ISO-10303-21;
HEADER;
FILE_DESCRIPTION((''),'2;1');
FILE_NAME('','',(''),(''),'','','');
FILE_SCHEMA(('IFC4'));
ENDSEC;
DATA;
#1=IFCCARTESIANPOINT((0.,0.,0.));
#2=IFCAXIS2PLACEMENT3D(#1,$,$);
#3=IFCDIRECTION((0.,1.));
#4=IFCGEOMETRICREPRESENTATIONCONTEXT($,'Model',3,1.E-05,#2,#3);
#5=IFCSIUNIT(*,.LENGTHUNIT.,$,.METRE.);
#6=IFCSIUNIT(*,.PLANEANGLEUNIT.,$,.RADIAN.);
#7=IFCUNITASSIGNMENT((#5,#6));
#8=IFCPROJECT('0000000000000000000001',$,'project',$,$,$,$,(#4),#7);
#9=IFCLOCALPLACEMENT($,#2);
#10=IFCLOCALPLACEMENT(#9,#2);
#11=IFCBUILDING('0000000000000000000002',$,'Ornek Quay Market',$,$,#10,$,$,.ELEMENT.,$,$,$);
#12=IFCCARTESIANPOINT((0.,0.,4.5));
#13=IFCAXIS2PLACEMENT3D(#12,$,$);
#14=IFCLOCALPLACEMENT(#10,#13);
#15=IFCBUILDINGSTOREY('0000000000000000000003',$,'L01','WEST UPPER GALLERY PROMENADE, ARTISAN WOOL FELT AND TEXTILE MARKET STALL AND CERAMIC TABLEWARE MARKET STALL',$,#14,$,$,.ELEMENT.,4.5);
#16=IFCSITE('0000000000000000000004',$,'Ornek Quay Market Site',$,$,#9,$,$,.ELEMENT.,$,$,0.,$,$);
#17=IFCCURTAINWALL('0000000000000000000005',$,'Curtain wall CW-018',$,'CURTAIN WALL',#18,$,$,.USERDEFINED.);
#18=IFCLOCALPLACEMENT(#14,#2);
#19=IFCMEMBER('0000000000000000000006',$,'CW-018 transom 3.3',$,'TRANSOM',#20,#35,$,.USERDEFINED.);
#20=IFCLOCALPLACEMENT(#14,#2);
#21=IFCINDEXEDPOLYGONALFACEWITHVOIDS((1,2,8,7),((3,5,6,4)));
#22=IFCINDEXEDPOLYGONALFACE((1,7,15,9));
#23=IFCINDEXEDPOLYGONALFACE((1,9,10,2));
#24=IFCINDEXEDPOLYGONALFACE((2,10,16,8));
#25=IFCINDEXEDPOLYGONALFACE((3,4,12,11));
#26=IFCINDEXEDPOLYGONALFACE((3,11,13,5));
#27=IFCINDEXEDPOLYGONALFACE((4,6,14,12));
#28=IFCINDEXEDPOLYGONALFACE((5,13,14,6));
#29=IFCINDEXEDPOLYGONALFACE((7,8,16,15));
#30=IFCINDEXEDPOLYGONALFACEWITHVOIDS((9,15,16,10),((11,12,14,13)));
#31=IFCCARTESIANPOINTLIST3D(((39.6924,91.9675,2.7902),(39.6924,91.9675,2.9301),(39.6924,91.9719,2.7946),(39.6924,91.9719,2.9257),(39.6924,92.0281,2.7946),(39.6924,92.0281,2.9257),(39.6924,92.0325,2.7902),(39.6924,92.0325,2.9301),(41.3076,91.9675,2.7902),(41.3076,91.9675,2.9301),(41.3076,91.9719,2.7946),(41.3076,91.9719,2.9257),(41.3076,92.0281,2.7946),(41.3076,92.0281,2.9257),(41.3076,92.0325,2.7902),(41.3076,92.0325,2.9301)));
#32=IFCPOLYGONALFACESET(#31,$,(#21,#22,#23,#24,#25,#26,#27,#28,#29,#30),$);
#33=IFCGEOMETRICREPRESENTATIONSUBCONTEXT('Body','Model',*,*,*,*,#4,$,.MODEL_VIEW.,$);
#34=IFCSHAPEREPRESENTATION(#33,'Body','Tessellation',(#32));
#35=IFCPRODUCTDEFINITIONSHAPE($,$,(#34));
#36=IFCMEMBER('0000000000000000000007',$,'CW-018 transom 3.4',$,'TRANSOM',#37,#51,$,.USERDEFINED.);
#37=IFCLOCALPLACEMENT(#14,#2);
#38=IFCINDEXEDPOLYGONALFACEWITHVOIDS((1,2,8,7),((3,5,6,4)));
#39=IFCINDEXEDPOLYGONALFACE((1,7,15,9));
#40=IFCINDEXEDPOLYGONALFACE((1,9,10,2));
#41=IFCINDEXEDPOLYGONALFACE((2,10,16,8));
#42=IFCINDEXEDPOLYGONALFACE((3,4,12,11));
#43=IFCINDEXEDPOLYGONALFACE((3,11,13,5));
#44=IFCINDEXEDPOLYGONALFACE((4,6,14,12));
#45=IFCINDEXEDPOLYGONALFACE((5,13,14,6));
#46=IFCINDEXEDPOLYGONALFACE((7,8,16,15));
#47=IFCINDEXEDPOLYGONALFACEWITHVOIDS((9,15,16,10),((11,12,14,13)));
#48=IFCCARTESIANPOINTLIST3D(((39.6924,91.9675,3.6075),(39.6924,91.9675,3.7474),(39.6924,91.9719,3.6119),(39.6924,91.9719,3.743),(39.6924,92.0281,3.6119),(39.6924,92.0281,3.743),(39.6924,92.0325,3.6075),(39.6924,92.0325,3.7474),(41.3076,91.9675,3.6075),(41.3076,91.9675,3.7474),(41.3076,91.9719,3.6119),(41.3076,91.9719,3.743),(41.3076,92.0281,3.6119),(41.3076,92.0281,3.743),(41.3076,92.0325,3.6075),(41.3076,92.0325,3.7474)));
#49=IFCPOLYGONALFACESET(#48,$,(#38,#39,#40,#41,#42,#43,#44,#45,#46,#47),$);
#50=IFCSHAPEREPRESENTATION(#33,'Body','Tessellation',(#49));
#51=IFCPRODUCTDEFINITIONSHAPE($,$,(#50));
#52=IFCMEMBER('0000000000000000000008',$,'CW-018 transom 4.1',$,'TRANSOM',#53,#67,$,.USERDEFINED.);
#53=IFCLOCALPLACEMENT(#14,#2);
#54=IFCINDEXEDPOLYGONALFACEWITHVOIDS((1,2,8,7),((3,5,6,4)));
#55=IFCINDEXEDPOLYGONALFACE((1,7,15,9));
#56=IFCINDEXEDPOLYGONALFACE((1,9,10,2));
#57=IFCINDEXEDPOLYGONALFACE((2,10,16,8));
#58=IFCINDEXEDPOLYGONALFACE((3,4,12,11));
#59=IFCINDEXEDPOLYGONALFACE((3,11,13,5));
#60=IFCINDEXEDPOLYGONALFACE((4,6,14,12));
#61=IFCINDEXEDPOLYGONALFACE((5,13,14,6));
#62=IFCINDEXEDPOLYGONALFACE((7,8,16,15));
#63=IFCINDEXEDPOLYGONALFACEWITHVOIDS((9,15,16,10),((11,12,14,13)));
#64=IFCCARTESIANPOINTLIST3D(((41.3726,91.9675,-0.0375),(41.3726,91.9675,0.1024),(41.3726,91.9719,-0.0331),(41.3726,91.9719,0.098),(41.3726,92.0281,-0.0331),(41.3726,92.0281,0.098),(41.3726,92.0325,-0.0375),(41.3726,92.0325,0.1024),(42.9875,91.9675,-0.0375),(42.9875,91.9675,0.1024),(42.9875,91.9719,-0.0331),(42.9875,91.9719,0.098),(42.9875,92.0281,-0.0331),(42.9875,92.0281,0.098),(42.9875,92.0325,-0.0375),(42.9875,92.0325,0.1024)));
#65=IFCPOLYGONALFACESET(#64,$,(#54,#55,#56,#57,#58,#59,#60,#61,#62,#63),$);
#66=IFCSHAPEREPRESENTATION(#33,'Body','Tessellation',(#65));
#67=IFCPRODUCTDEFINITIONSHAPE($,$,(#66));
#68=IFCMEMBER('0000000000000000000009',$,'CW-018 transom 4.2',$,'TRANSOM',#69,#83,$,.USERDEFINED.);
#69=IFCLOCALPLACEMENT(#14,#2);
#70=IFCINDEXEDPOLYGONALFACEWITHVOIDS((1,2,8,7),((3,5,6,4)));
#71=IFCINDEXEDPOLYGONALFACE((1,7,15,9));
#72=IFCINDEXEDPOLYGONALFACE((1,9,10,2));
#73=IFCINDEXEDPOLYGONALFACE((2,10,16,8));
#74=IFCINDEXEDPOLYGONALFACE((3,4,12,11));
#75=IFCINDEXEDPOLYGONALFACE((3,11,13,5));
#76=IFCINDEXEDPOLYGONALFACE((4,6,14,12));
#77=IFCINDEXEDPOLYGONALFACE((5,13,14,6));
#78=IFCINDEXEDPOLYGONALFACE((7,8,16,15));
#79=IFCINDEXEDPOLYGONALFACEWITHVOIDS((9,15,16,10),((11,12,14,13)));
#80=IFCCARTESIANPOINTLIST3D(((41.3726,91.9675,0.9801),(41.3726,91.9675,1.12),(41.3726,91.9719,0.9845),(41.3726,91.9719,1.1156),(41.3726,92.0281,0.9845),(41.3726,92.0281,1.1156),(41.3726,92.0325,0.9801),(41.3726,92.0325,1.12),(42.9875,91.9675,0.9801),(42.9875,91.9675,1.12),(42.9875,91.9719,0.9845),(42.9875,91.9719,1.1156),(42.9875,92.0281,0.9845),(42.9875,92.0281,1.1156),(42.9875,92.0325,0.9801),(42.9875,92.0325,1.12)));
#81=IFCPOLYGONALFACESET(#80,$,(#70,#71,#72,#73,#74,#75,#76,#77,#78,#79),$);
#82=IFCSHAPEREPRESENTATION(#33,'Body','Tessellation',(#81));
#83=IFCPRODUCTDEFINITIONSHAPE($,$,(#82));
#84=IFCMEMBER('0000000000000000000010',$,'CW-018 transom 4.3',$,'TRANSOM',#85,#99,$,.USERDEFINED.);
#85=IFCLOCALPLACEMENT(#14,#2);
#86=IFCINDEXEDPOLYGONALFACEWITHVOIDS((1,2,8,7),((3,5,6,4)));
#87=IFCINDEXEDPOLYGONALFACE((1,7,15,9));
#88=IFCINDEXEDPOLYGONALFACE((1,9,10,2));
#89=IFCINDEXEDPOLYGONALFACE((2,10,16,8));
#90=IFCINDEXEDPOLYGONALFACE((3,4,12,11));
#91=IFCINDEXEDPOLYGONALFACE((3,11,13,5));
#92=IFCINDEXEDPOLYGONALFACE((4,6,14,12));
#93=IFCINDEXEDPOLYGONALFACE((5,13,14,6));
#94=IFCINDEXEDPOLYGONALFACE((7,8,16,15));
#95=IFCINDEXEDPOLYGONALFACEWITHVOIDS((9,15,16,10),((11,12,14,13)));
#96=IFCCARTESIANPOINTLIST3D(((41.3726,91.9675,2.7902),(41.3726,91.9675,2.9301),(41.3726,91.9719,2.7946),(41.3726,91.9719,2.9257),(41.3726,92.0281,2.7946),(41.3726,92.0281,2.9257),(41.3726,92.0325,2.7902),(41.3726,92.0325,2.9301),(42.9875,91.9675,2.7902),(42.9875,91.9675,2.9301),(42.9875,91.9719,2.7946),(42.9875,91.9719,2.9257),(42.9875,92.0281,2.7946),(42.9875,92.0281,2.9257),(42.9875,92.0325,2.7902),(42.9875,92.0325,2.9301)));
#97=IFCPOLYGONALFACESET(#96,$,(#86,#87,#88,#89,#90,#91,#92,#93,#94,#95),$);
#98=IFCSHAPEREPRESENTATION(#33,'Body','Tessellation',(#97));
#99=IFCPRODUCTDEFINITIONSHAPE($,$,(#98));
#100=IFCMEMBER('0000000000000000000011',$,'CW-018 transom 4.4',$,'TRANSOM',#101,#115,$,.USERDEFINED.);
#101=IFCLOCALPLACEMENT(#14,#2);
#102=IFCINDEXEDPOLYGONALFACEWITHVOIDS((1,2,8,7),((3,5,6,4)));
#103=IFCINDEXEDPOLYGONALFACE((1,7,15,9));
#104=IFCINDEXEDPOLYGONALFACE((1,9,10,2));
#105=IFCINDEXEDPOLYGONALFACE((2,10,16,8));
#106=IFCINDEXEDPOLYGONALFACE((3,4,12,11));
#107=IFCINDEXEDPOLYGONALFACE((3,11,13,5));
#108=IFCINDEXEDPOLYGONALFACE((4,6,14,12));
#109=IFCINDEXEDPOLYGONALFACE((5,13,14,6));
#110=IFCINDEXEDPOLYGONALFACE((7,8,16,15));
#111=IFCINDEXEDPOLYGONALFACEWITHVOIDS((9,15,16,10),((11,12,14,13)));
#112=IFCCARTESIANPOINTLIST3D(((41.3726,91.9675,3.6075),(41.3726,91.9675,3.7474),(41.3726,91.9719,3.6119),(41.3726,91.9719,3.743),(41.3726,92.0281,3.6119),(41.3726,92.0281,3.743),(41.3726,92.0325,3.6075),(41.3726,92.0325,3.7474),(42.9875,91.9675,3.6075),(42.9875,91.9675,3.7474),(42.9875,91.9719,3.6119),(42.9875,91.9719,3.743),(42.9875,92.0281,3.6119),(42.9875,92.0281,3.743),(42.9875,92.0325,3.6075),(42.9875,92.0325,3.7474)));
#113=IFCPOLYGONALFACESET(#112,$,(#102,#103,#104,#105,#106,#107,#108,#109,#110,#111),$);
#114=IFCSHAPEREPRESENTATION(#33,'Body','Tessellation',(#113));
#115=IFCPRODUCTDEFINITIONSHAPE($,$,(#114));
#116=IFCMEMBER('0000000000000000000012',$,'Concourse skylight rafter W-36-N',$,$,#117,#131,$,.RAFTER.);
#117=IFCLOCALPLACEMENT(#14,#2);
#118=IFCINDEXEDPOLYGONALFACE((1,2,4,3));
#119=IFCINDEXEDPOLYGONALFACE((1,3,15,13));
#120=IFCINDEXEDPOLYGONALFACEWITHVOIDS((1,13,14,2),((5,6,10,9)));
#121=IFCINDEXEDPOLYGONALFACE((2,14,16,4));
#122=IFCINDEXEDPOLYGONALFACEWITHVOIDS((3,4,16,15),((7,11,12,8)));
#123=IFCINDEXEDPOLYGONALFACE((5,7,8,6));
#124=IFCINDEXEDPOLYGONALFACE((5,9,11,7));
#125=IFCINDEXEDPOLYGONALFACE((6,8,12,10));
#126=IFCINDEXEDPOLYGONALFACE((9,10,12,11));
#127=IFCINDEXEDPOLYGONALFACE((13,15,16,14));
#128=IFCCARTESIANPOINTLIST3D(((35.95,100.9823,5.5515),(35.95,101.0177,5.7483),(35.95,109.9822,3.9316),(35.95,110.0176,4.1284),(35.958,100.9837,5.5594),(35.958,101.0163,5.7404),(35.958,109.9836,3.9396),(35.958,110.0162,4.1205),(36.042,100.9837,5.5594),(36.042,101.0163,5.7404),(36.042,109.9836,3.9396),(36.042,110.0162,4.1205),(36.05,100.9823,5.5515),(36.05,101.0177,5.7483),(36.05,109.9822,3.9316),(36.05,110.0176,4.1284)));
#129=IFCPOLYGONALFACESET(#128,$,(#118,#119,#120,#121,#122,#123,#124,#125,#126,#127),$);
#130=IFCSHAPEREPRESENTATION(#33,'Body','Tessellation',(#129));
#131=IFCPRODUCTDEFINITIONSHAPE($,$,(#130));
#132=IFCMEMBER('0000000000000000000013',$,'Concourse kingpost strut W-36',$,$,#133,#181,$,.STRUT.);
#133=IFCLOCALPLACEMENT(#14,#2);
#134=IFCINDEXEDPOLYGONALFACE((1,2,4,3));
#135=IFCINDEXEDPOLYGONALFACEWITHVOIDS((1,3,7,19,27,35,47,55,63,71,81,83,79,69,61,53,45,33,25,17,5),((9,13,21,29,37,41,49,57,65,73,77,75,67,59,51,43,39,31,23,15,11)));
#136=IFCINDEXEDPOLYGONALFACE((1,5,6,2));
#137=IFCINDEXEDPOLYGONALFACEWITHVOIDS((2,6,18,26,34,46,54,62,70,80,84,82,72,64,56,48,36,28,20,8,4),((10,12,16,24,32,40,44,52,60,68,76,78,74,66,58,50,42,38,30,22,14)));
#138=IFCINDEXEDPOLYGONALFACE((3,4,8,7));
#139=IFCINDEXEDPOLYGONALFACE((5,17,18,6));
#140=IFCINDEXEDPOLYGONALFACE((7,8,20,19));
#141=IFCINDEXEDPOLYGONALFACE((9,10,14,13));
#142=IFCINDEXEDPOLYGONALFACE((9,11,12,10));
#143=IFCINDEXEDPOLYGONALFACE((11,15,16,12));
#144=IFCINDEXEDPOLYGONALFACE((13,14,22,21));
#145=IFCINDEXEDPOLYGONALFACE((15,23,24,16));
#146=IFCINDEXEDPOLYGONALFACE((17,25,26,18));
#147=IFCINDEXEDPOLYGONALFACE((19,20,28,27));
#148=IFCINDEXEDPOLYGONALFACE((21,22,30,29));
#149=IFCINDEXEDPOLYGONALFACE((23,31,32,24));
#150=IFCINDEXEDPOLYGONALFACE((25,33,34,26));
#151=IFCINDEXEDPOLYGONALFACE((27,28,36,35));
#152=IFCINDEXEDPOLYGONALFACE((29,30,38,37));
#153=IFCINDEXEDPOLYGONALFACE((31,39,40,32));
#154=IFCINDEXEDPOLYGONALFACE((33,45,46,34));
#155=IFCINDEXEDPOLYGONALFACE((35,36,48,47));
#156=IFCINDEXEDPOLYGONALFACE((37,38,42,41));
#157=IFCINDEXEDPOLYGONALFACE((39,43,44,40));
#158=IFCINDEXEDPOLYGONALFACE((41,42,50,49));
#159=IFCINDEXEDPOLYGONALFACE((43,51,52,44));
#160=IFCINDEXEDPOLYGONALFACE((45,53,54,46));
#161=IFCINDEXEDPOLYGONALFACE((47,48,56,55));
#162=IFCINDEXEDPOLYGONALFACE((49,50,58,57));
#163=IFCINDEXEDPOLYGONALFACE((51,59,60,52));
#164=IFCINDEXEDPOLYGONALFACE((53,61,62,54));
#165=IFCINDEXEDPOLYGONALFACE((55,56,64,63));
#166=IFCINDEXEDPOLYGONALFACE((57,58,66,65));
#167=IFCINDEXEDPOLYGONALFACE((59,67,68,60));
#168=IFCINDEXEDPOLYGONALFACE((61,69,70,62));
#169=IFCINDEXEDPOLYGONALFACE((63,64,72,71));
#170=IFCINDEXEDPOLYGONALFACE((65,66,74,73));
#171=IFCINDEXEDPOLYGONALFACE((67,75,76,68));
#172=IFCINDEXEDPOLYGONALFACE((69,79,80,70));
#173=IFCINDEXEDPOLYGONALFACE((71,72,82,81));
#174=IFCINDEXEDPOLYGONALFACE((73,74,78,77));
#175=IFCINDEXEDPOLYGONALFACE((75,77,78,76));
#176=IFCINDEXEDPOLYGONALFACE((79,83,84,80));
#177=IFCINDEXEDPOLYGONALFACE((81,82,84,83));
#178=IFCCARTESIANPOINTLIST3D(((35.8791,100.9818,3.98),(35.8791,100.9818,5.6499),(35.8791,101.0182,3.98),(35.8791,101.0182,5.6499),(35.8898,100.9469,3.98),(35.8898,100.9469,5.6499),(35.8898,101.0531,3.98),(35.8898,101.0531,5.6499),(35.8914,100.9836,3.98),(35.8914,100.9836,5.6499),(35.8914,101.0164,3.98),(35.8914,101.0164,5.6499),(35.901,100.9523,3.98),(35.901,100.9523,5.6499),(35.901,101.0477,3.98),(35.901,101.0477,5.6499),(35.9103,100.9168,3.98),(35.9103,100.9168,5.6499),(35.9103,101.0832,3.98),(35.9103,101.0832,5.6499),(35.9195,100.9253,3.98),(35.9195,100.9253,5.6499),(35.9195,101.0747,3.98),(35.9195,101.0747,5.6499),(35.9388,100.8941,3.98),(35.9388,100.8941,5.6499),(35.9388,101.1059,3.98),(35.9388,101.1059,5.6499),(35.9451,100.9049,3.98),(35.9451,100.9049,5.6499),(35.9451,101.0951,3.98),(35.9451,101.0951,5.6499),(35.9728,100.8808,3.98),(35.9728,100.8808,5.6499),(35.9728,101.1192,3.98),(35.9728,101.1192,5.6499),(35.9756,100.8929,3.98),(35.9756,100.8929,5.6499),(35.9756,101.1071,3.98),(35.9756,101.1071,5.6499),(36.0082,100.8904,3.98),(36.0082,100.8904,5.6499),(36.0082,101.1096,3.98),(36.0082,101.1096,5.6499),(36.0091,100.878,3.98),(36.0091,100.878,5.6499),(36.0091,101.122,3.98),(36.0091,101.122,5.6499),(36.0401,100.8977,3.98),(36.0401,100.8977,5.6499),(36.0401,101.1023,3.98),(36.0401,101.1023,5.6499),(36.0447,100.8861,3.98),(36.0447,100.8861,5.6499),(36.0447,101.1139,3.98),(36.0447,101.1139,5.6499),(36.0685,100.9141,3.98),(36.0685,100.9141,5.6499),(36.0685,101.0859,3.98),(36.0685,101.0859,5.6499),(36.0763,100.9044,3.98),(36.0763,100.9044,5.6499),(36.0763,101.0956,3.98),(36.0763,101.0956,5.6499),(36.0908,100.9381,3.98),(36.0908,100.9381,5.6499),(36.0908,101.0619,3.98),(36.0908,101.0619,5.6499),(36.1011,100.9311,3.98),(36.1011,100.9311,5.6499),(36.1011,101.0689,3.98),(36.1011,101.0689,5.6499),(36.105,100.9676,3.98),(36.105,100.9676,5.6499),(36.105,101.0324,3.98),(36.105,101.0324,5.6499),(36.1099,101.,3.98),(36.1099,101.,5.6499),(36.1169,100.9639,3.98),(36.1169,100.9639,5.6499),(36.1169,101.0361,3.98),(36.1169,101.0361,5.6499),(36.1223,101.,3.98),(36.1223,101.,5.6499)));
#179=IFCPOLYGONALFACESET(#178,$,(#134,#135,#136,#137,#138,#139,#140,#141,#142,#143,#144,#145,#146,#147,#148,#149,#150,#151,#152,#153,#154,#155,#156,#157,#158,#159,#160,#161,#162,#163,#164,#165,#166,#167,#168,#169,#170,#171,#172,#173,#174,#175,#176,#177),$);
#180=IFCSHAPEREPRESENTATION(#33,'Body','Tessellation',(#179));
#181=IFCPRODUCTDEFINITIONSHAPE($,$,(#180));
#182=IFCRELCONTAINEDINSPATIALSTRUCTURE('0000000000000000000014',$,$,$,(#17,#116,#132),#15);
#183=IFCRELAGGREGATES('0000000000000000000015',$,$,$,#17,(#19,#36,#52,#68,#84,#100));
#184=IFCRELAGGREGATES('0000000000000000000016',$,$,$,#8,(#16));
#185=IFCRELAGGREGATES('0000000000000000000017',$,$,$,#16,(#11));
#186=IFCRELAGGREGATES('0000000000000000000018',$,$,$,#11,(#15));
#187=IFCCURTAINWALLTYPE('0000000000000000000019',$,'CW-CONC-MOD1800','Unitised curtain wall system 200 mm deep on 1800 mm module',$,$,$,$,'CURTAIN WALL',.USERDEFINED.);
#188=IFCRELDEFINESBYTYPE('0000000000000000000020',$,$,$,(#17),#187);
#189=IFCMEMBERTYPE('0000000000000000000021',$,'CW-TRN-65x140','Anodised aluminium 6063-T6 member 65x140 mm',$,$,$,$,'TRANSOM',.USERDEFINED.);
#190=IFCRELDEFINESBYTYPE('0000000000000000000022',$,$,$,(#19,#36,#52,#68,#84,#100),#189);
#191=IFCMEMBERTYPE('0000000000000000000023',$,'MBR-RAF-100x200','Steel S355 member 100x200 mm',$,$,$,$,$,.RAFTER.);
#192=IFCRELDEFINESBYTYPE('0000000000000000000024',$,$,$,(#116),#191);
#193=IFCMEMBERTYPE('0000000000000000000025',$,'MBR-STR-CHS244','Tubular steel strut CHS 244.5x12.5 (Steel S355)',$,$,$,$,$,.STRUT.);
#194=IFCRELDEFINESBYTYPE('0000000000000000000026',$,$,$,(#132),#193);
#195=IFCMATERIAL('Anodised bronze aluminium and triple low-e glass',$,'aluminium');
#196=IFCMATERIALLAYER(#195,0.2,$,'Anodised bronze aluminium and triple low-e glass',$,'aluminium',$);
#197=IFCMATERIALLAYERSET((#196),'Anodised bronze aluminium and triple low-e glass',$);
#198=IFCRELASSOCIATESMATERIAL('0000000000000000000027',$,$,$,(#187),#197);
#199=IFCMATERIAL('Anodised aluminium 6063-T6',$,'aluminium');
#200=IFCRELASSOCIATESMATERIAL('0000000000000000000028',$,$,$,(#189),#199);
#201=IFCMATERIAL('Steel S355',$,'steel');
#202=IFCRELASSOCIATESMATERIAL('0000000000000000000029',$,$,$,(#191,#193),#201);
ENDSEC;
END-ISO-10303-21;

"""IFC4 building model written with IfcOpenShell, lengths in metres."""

from ifc_helpers import new_model, si_unit, direction, frame, origin, origin_2d, place, context, subcontext, project, spatial, hollow_rectangle, hollow_circle, extrude, material, layer, layer_set, material_profile, profile_set, type_object, element, aggregate, save


model = new_model("IFC4")

# Units and contexts
model_context = context("Model", 3, precision=1e-05, world=origin(), true_north=direction((0.0, 1.0)))
body_context = subcontext(model_context, "Body", "Model", "MODEL_VIEW")
ifc_project = project(units=[si_unit("LENGTHUNIT", "METRE"), si_unit("PLANEANGLEUNIT", "RADIAN")], contexts=[model_context])

# Site, building, storey
site_placement = place(None, origin())
site = spatial("IfcSite", under=ifc_project, at=site_placement, Name="Ornek Quay Market Site", CompositionType="ELEMENT", RefElevation=0.0)
building_placement = place(site_placement, origin())
building = spatial("IfcBuilding", under=site, at=building_placement, Name="Ornek Quay Market", CompositionType="ELEMENT")
storey_placement = place(building_placement, frame((0.0, 0.0, 4.5)))
storey = spatial("IfcBuildingStorey", under=building, at=storey_placement, Name="L01", Description="WEST UPPER GALLERY PROMENADE, ARTISAN WOOL FELT AND TEXTILE MARKET STALL AND CERAMIC TABLEWARE MARKET STALL", CompositionType="ELEMENT", Elevation=4.5)

# Curtain wall, members
ifc_material_1 = material(Name="Anodised bronze aluminium and triple low-e glass", Category="aluminium")
ifc_layer_1 = layer(ifc_material_1, 0.2, Name="Anodised bronze aluminium and triple low-e glass", Category="aluminium")
ifc_layer_set_1 = layer_set([ifc_layer_1], Name="Anodised bronze aluminium and triple low-e glass")
curtain_wall_type = type_object("IfcCurtainWallType", Name="CW-CONC-MOD1800", Description="Unitised curtain wall system 200 mm deep on 1800 mm module", ElementType="CURTAIN WALL", PredefinedType="USERDEFINED", material=ifc_layer_set_1)
curtain_wall_placement = place(storey_placement, origin())
curtain_wall = element("IfcCurtainWall", 1, at=curtain_wall_placement, inside=storey, type_object=curtain_wall_type, Name="Curtain wall CW-018", ObjectType="CURTAIN WALL", PredefinedType="USERDEFINED")
ifc_material_2 = material(Name="Anodised aluminium 6063-T6", Category="aluminium")
ifc_material_profile_1 = material_profile(ifc_material_2, hollow_rectangle(XDim=0.0649, YDim=0.1399, WallThickness=0.0044, at=origin_2d()), Name="CW-TRN-65x140", Category="aluminium")
ifc_profile_set_1 = profile_set([ifc_material_profile_1], Name="Anodised aluminium 6063-T6")
member_type_1 = type_object("IfcMemberType", Name="CW-TRN-65x140", Description="Anodised aluminium 6063-T6 member 65x140 mm", ElementType="TRANSOM", PredefinedType="USERDEFINED", material=ifc_profile_set_1)
member_1_placement = place(storey_placement, frame((39.6924, 92.0, 2.8601), z_axis=(1.0, 0.0, 0.0), x_axis=(0.0, 1.0, 0.0)))
member_1 = element("IfcMember", 2, at=member_1_placement, type_object=member_type_1, Name="CW-018 transom 3.3", ObjectType="TRANSOM", PredefinedType="USERDEFINED", context=body_context, shape_type="SweptSolid", body=[
    extrude(hollow_rectangle(XDim=0.0649, YDim=0.1399, WallThickness=0.0044, at=origin_2d()), origin(), (0.0, 0.0, 1.0), 1.6152),
])
member_2_placement = place(storey_placement, frame((39.6924, 92.0, 3.6775), z_axis=(1.0, 0.0, 0.0), x_axis=(0.0, 1.0, 0.0)))
member_2 = element("IfcMember", 3, at=member_2_placement, type_object=member_type_1, Name="CW-018 transom 3.4", ObjectType="TRANSOM", PredefinedType="USERDEFINED", context=body_context, shape_type="SweptSolid", body=[
    extrude(hollow_rectangle(XDim=0.0649, YDim=0.1399, WallThickness=0.0044, at=origin_2d()), origin(), (0.0, 0.0, 1.0), 1.6152),
])
member_3_placement = place(storey_placement, frame((41.3726, 92.0, 0.0325), z_axis=(1.0, 0.0, 0.0), x_axis=(0.0, 1.0, 0.0)))
member_3 = element("IfcMember", 4, at=member_3_placement, type_object=member_type_1, Name="CW-018 transom 4.1", ObjectType="TRANSOM", PredefinedType="USERDEFINED", context=body_context, shape_type="SweptSolid", body=[
    extrude(hollow_rectangle(XDim=0.0649, YDim=0.1399, WallThickness=0.0044, at=origin_2d()), origin(), (0.0, 0.0, 1.0), 1.615),
])
member_4_placement = place(storey_placement, frame((41.3726, 92.0, 1.05), z_axis=(1.0, 0.0, 0.0), x_axis=(0.0, 1.0, 0.0)))
member_4 = element("IfcMember", 5, at=member_4_placement, type_object=member_type_1, Name="CW-018 transom 4.2", ObjectType="TRANSOM", PredefinedType="USERDEFINED", context=body_context, shape_type="SweptSolid", body=[
    extrude(hollow_rectangle(XDim=0.0649, YDim=0.1399, WallThickness=0.0044, at=origin_2d()), origin(), (0.0, 0.0, 1.0), 1.615),
])
member_5_placement = place(storey_placement, frame((41.3726, 92.0, 2.8601), z_axis=(1.0, 0.0, 0.0), x_axis=(0.0, 1.0, 0.0)))
member_5 = element("IfcMember", 6, at=member_5_placement, type_object=member_type_1, Name="CW-018 transom 4.3", ObjectType="TRANSOM", PredefinedType="USERDEFINED", context=body_context, shape_type="SweptSolid", body=[
    extrude(hollow_rectangle(XDim=0.0649, YDim=0.1399, WallThickness=0.0044, at=origin_2d()), origin(), (0.0, 0.0, 1.0), 1.615),
])
member_6_placement = place(storey_placement, frame((41.3726, 92.0, 3.6775), z_axis=(1.0, 0.0, 0.0), x_axis=(0.0, 1.0, 0.0)))
member_6 = element("IfcMember", 7, at=member_6_placement, type_object=member_type_1, Name="CW-018 transom 4.4", ObjectType="TRANSOM", PredefinedType="USERDEFINED", context=body_context, shape_type="SweptSolid", body=[
    extrude(hollow_rectangle(XDim=0.0649, YDim=0.1399, WallThickness=0.0044, at=origin_2d()), origin(), (0.0, 0.0, 1.0), 1.615),
])

# Members
ifc_material_3 = material(Name="Steel S355", Category="steel")
ifc_material_profile_2 = material_profile(ifc_material_3, hollow_rectangle(XDim=0.1001, YDim=0.2, WallThickness=0.0081, at=origin_2d()), Name="MBR-RAF-100x200", Category="steel")
ifc_profile_set_2 = profile_set([ifc_material_profile_2], Name="Steel S355")
member_type_2 = type_object("IfcMemberType", Name="MBR-RAF-100x200", Description="Steel S355 member 100x200 mm", PredefinedType="RAFTER", material=ifc_profile_set_2)
member_7_placement = place(storey_placement, frame((36.0, 101.0, 5.6499), z_axis=(0.0, 0.984186, -0.17714), x_axis=(-1.0, 0.0, 0.0)))
element("IfcMember", 8, at=member_7_placement, inside=storey, type_object=member_type_2, Name="Concourse skylight rafter W-36-N", PredefinedType="RAFTER", context=body_context, shape_type="SweptSolid", body=[
    extrude(hollow_rectangle(XDim=0.1001, YDim=0.2, WallThickness=0.0081, at=origin_2d()), origin(), (0.0, 0.0, 1.0), 9.1445),
])
ifc_material_profile_3 = material_profile(ifc_material_3, hollow_circle(Radius=0.1223, WallThickness=0.0125, at=origin_2d()), Name="CHS 244.5x12.5", Category="steel")
ifc_profile_set_3 = profile_set([ifc_material_profile_3], Name="Steel S355")
member_type_3 = type_object("IfcMemberType", Name="MBR-STR-CHS244", Description="Tubular steel strut CHS 244.5x12.5 (Steel S355)", PredefinedType="STRUT", material=ifc_profile_set_3)
member_8_placement = place(storey_placement, frame((36.0, 101.0, 3.98), z_axis=(0.0, 0.0, 1.0), x_axis=(1.0, 0.0, 0.0)))
element("IfcMember", 9, at=member_8_placement, inside=storey, type_object=member_type_3, Name="Concourse kingpost strut W-36", PredefinedType="STRUT", context=body_context, shape_type="SweptSolid", body=[
    extrude(hollow_circle(Radius=0.1223, WallThickness=0.0125, at=origin_2d()), origin(), (0.0, 0.0, 1.0), 1.6699),
])

aggregate(curtain_wall, [member_1, member_2, member_3, member_4, member_5, member_6])

save(model, "model.ifc")
